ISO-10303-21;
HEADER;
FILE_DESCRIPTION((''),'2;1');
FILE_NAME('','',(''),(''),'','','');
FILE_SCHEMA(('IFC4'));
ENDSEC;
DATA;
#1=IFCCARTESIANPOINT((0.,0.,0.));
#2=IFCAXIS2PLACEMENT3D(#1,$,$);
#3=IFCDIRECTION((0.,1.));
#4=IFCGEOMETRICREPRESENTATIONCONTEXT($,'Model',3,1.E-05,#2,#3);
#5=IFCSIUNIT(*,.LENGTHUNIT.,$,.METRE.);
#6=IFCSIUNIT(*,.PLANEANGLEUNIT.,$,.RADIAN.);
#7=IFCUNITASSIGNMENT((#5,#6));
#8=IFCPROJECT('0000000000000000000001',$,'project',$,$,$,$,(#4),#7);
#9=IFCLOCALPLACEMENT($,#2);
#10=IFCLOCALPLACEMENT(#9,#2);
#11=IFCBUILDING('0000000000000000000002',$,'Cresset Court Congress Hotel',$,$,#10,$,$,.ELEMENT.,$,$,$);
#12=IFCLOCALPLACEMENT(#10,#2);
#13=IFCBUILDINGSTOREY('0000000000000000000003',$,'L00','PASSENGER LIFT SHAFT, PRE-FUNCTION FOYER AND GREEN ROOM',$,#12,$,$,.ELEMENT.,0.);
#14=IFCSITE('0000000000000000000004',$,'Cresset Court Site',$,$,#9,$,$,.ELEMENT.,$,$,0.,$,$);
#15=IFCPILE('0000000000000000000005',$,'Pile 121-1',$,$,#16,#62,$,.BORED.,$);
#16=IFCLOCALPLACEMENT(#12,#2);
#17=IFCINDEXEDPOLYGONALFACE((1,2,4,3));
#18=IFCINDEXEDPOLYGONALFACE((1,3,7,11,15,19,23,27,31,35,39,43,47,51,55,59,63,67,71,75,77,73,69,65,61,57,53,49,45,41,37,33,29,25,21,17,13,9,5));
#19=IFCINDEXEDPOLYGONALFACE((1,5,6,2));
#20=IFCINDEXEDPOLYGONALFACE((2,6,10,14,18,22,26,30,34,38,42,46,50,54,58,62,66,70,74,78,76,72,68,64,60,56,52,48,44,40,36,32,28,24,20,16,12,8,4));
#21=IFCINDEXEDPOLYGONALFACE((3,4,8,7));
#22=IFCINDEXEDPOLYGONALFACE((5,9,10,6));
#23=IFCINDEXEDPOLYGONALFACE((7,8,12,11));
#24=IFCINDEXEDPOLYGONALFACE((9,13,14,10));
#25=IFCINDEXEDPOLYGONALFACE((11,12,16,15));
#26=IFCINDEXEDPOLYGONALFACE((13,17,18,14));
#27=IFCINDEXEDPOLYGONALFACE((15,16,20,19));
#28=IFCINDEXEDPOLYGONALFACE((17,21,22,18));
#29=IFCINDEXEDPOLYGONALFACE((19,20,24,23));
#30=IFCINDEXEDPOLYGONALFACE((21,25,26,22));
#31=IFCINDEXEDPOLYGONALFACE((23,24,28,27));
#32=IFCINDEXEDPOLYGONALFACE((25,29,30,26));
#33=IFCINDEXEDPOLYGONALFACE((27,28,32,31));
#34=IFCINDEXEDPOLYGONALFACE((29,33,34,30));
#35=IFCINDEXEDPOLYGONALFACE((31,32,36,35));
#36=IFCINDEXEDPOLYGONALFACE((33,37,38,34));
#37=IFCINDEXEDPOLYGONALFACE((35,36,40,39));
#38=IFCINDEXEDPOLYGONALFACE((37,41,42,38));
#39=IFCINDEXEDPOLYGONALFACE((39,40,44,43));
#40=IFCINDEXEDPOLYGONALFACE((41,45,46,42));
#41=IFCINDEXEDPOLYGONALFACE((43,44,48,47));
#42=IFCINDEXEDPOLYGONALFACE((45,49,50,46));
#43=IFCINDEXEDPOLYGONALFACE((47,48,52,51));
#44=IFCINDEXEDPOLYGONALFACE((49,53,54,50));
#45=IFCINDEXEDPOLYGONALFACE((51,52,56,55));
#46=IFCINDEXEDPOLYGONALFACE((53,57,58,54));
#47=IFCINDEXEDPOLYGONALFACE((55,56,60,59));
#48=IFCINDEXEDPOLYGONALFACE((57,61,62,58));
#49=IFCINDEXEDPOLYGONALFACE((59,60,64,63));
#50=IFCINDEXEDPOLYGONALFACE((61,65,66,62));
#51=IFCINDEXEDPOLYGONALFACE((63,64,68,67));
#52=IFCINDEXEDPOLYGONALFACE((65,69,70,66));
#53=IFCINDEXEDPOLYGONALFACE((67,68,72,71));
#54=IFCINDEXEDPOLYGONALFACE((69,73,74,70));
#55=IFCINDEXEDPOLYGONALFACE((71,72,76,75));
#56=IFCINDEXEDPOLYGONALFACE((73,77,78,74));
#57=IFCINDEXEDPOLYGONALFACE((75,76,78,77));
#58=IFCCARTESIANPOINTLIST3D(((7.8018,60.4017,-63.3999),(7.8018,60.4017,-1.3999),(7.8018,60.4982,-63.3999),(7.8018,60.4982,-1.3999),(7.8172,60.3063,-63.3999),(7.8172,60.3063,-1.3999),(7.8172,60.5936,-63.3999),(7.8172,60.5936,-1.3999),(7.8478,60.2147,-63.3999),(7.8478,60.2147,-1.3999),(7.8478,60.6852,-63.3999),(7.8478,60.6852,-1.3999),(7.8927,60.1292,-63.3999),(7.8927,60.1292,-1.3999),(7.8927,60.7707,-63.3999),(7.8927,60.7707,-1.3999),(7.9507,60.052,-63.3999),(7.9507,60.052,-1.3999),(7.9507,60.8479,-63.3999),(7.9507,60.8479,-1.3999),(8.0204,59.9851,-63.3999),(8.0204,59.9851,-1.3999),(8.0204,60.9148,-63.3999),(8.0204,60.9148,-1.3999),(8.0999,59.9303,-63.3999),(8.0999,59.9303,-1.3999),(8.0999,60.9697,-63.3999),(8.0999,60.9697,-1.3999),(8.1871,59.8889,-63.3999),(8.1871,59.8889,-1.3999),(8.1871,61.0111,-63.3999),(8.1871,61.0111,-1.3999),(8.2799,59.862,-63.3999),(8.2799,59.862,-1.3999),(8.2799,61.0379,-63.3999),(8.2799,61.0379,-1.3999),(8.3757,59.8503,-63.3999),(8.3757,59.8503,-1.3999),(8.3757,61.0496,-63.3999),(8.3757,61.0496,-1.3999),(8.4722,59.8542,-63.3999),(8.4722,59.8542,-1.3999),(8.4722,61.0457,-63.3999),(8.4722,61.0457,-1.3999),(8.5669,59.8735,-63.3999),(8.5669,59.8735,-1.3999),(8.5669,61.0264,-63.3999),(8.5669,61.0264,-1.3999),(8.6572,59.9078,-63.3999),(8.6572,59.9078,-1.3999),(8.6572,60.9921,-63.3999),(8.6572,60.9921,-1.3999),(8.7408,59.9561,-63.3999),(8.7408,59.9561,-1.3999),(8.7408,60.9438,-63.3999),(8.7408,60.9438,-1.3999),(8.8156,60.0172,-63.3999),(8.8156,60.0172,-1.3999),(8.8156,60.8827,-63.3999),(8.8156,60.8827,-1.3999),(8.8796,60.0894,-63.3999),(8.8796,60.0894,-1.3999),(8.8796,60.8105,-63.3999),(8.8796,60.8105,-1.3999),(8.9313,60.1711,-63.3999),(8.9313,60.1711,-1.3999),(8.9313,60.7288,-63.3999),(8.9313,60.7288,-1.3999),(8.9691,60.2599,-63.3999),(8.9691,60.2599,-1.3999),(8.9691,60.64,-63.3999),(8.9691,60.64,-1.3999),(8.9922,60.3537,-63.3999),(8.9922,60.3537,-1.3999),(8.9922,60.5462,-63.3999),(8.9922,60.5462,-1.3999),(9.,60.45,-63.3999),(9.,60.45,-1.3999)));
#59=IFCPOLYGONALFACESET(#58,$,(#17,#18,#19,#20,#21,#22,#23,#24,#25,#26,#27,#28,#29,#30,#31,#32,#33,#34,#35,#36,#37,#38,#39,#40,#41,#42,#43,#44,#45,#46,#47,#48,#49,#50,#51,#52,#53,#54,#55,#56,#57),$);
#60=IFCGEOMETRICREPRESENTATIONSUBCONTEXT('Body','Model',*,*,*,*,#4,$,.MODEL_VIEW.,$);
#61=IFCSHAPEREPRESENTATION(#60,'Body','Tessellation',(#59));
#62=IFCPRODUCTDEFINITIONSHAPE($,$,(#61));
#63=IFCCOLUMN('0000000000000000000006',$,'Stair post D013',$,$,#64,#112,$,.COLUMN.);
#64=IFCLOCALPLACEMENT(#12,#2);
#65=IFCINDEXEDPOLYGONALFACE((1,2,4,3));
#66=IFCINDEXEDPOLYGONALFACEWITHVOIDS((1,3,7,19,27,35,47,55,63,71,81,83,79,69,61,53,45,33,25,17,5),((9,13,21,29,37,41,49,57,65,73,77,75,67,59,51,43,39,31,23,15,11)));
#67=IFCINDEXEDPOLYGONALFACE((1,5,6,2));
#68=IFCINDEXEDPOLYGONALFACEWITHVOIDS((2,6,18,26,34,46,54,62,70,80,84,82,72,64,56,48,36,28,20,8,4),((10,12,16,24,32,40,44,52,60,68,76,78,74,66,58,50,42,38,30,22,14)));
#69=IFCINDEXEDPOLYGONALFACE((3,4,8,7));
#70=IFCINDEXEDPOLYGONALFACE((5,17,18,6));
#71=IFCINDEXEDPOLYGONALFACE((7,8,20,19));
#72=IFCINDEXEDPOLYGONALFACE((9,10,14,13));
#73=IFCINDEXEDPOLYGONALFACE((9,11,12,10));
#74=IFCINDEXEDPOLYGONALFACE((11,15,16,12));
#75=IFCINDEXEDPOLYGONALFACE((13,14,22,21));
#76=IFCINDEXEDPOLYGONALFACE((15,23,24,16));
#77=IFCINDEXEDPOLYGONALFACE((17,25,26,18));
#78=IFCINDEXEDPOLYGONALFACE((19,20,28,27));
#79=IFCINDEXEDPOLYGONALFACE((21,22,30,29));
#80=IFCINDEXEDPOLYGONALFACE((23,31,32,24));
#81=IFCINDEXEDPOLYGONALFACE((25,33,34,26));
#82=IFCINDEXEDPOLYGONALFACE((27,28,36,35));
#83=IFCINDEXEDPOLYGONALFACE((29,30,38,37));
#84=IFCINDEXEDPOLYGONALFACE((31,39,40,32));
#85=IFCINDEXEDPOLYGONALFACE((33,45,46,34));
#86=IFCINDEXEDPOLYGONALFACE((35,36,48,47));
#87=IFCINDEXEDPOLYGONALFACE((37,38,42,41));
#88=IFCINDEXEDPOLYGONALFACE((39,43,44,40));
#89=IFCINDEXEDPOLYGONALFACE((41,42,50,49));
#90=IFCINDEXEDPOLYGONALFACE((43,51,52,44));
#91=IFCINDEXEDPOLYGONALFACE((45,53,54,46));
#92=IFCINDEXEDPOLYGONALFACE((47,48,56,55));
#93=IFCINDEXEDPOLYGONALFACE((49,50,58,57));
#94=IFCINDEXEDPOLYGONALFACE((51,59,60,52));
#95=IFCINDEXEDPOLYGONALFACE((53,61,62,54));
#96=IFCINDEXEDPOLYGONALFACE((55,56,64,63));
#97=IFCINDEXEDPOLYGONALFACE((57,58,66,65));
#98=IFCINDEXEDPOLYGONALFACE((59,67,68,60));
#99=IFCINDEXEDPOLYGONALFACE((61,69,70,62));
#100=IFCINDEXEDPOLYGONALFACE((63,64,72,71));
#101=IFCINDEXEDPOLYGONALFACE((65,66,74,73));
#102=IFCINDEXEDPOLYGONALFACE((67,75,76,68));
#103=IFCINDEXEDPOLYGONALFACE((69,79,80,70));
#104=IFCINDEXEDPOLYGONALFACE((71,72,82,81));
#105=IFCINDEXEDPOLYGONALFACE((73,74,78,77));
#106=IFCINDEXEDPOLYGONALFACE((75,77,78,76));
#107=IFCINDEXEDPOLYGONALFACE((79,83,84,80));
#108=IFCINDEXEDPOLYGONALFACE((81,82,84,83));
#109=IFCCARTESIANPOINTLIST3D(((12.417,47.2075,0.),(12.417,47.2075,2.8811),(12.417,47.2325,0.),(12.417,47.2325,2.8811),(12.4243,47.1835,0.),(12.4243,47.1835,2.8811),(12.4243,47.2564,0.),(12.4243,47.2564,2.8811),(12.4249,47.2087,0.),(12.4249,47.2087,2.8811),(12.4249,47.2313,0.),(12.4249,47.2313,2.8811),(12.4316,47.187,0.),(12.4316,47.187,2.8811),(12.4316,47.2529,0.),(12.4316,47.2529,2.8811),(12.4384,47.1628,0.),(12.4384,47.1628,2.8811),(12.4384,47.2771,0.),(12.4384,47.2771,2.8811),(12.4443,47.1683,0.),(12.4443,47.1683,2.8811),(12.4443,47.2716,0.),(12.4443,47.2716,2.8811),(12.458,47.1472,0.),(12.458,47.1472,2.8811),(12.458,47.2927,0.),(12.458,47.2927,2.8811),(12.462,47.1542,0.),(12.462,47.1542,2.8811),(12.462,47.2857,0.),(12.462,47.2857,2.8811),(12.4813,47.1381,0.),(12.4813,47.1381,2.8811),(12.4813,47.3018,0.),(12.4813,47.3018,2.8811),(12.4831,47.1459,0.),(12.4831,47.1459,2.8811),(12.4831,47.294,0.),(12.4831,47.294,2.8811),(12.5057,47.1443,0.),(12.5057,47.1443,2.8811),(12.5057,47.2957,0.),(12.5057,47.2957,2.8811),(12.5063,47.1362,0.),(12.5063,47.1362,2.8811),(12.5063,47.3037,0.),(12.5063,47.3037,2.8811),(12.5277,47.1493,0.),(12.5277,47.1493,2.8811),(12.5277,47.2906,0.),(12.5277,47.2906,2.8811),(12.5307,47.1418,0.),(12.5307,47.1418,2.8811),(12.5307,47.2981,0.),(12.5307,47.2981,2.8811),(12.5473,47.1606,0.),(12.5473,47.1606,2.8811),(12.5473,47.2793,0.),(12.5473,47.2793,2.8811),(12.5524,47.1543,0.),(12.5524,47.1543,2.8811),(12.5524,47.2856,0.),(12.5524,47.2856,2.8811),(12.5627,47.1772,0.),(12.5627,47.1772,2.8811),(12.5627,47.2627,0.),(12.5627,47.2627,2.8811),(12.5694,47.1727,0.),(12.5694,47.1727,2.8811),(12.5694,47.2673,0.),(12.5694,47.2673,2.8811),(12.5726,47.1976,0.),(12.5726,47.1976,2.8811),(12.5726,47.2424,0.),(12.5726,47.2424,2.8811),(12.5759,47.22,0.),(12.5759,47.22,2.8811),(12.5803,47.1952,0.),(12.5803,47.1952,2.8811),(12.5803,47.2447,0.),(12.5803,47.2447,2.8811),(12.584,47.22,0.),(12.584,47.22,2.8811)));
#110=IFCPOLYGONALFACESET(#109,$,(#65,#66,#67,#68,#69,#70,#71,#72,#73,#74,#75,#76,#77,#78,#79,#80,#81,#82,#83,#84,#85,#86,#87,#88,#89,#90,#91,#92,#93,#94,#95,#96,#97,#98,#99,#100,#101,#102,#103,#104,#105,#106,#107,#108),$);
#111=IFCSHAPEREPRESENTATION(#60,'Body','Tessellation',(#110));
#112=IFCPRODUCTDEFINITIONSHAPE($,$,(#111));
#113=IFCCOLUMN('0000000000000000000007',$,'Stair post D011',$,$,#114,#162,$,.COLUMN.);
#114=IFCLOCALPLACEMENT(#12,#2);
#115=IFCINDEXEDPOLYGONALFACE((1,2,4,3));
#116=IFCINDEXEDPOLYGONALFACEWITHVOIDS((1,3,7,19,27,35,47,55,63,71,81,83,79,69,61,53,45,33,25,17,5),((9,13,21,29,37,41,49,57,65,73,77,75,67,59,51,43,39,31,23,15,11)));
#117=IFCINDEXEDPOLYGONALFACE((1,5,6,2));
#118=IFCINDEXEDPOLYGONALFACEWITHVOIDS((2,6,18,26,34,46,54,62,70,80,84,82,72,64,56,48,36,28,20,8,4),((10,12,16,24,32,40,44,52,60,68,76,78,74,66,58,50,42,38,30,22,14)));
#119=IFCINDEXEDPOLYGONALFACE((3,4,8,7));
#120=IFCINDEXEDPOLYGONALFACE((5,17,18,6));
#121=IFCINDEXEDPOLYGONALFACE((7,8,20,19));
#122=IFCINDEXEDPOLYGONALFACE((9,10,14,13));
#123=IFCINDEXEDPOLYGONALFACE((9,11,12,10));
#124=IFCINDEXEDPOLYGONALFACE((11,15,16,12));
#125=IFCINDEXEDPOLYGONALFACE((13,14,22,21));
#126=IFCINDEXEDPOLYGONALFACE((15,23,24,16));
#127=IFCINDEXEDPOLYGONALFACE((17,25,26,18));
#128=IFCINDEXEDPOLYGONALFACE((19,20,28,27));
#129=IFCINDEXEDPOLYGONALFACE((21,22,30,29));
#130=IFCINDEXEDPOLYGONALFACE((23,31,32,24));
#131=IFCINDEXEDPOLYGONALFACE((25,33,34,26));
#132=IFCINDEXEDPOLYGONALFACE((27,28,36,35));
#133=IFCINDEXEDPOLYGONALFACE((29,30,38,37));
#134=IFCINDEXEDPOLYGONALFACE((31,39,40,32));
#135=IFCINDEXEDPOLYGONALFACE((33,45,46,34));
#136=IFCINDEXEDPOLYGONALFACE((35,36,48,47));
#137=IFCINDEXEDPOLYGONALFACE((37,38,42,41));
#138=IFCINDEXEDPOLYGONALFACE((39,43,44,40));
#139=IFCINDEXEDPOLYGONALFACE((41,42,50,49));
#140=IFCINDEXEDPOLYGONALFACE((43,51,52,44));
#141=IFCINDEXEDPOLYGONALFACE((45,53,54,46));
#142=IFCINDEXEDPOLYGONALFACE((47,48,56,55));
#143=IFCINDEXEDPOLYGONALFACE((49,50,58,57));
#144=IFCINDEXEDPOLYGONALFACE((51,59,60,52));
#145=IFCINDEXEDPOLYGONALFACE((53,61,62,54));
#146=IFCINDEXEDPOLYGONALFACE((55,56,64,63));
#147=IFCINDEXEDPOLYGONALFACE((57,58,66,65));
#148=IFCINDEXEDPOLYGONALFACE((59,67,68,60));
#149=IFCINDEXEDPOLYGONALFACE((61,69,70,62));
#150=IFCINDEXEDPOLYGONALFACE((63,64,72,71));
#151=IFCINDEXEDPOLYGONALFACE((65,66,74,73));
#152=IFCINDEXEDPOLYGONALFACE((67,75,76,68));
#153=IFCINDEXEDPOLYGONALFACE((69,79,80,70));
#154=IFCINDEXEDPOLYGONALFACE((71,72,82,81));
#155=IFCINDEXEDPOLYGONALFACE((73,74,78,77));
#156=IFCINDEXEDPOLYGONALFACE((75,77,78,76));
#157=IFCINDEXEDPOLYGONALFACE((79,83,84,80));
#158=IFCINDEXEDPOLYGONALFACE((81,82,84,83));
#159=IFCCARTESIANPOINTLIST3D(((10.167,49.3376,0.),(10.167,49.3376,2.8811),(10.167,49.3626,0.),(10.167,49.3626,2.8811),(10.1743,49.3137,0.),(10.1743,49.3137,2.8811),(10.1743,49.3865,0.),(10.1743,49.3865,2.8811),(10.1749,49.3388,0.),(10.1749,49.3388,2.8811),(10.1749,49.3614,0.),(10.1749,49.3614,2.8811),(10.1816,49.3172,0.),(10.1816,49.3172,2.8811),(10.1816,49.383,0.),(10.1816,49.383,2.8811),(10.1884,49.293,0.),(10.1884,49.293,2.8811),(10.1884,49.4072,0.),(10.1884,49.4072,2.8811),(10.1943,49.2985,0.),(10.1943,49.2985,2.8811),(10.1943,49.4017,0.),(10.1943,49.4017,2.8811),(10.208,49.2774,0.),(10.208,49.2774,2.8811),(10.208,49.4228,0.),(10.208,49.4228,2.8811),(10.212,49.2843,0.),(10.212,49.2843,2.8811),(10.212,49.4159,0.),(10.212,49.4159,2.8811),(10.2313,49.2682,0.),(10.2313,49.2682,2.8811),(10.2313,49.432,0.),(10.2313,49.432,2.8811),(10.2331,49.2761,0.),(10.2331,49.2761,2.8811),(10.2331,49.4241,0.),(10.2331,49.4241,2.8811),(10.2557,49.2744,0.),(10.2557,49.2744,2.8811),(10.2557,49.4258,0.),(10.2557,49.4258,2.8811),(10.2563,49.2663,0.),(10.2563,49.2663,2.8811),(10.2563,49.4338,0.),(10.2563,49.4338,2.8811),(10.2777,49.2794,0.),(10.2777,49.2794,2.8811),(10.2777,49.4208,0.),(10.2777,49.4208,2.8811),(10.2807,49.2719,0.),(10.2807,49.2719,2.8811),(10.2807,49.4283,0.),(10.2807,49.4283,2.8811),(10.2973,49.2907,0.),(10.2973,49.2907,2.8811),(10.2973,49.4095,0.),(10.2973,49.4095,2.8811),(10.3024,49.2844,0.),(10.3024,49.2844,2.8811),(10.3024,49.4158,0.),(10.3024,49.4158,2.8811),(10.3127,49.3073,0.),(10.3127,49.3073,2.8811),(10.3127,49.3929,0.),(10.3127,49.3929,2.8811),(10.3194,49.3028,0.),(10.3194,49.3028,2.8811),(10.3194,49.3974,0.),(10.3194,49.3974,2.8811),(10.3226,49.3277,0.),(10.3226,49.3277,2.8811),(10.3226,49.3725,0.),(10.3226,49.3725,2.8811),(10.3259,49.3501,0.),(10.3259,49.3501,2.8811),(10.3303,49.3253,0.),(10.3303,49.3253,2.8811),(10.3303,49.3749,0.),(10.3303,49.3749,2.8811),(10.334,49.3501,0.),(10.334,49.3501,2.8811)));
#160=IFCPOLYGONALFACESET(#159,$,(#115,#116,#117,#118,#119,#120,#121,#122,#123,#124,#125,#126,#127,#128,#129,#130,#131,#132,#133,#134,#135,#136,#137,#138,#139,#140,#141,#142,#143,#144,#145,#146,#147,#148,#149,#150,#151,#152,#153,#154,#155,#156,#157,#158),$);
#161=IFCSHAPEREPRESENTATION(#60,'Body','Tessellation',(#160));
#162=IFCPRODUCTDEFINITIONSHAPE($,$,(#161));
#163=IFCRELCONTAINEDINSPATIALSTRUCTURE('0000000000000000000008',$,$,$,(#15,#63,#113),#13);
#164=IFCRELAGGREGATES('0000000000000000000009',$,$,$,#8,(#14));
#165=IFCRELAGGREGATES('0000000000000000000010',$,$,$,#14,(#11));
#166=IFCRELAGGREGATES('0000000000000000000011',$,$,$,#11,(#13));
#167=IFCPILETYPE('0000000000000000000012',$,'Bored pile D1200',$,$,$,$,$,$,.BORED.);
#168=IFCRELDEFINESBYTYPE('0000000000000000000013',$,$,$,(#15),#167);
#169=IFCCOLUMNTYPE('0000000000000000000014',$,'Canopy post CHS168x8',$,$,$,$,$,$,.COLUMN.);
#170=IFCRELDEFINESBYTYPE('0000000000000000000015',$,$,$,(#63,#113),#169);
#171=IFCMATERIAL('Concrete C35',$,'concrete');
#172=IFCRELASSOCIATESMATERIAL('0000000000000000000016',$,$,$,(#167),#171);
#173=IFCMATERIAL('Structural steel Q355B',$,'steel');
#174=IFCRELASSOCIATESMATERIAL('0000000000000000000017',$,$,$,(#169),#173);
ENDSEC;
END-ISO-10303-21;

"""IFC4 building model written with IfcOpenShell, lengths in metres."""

from ifc_helpers import new_model, si_unit, direction, frame, origin, origin_2d, place, context, subcontext, project, spatial, circle, hollow_circle, extrude, material, material_profile, profile_set, type_object, element, save


model = new_model("IFC4")

# Units and contexts
model_context = context("Model", 3, precision=1e-05, world=origin(), true_north=direction((0.0, 1.0)))
body_context = subcontext(model_context, "Body", "Model", "MODEL_VIEW")
ifc_project = project(units=[si_unit("LENGTHUNIT", "METRE"), si_unit("PLANEANGLEUNIT", "RADIAN")], contexts=[model_context])

# Site, building, storey
site_placement = place(None, origin())
site = spatial("IfcSite", under=ifc_project, at=site_placement, Name="Cresset Court Site", CompositionType="ELEMENT", RefElevation=0.0)
building_placement = place(site_placement, origin())
building = spatial("IfcBuilding", under=site, at=building_placement, Name="Cresset Court Congress Hotel", CompositionType="ELEMENT")
storey_placement = place(building_placement, origin())
storey = spatial("IfcBuildingStorey", under=building, at=storey_placement, Name="L00", Description="PASSENGER LIFT SHAFT, PRE-FUNCTION FOYER AND GREEN ROOM", CompositionType="ELEMENT", Elevation=0.0)

# Pile
ifc_material_1 = material(Name="Concrete C35", Category="concrete")
pile_type = type_object("IfcPileType", Name="Bored pile D1200", PredefinedType="BORED", material=ifc_material_1)
pile_placement = place(storey_placement, frame((8.3999, 60.45, -1.3999), z_axis=(0.0, 0.0, -1.0), x_axis=(1.0, 0.0, 0.0)))
element("IfcPile", 1, at=pile_placement, inside=storey, type_object=pile_type, Name="Pile 121-1", PredefinedType="BORED", context=body_context, shape_type="SweptSolid", body=[
    extrude(circle(Radius=0.6001, at=origin_2d()), origin(), (0.0, 0.0, 1.0), 62.0),
])

# Columns
ifc_material_2 = material(Name="Structural steel Q355B", Category="steel")
ifc_material_profile_1 = material_profile(ifc_material_2, hollow_circle(Radius=0.084, WallThickness=0.0081, at=origin_2d()), Name="CHS168x8")
ifc_profile_set_1 = profile_set([ifc_material_profile_1], Name="Structural steel Q355B")
column_type_1 = type_object("IfcColumnType", Name="Canopy post CHS168x8", PredefinedType="COLUMN", material=ifc_profile_set_1)
for number, where, z_axis, x_axis, name in (
    (2, (12.5, 47.22, 0.0), (0.0, 0.0, 1.0), (1.0, 0.0, 0.0), "Stair post D013"),
    (3, (10.25, 49.3501, 0.0), (0.0, 0.0, 1.0), (1.0, 0.0, 0.0), "Stair post D011"),
):
    element("IfcColumn", number, at=place(storey_placement, frame(where, z_axis=z_axis, x_axis=x_axis)), inside=storey, type_object=column_type_1, Name=name, PredefinedType="COLUMN", context=body_context, shape_type="SweptSolid", body=[
        extrude(hollow_circle(Radius=0.084, WallThickness=0.0081, at=origin_2d()), origin(), (0.0, 0.0, 1.0), 2.8811),
    ])

save(model, "model.ifc")
